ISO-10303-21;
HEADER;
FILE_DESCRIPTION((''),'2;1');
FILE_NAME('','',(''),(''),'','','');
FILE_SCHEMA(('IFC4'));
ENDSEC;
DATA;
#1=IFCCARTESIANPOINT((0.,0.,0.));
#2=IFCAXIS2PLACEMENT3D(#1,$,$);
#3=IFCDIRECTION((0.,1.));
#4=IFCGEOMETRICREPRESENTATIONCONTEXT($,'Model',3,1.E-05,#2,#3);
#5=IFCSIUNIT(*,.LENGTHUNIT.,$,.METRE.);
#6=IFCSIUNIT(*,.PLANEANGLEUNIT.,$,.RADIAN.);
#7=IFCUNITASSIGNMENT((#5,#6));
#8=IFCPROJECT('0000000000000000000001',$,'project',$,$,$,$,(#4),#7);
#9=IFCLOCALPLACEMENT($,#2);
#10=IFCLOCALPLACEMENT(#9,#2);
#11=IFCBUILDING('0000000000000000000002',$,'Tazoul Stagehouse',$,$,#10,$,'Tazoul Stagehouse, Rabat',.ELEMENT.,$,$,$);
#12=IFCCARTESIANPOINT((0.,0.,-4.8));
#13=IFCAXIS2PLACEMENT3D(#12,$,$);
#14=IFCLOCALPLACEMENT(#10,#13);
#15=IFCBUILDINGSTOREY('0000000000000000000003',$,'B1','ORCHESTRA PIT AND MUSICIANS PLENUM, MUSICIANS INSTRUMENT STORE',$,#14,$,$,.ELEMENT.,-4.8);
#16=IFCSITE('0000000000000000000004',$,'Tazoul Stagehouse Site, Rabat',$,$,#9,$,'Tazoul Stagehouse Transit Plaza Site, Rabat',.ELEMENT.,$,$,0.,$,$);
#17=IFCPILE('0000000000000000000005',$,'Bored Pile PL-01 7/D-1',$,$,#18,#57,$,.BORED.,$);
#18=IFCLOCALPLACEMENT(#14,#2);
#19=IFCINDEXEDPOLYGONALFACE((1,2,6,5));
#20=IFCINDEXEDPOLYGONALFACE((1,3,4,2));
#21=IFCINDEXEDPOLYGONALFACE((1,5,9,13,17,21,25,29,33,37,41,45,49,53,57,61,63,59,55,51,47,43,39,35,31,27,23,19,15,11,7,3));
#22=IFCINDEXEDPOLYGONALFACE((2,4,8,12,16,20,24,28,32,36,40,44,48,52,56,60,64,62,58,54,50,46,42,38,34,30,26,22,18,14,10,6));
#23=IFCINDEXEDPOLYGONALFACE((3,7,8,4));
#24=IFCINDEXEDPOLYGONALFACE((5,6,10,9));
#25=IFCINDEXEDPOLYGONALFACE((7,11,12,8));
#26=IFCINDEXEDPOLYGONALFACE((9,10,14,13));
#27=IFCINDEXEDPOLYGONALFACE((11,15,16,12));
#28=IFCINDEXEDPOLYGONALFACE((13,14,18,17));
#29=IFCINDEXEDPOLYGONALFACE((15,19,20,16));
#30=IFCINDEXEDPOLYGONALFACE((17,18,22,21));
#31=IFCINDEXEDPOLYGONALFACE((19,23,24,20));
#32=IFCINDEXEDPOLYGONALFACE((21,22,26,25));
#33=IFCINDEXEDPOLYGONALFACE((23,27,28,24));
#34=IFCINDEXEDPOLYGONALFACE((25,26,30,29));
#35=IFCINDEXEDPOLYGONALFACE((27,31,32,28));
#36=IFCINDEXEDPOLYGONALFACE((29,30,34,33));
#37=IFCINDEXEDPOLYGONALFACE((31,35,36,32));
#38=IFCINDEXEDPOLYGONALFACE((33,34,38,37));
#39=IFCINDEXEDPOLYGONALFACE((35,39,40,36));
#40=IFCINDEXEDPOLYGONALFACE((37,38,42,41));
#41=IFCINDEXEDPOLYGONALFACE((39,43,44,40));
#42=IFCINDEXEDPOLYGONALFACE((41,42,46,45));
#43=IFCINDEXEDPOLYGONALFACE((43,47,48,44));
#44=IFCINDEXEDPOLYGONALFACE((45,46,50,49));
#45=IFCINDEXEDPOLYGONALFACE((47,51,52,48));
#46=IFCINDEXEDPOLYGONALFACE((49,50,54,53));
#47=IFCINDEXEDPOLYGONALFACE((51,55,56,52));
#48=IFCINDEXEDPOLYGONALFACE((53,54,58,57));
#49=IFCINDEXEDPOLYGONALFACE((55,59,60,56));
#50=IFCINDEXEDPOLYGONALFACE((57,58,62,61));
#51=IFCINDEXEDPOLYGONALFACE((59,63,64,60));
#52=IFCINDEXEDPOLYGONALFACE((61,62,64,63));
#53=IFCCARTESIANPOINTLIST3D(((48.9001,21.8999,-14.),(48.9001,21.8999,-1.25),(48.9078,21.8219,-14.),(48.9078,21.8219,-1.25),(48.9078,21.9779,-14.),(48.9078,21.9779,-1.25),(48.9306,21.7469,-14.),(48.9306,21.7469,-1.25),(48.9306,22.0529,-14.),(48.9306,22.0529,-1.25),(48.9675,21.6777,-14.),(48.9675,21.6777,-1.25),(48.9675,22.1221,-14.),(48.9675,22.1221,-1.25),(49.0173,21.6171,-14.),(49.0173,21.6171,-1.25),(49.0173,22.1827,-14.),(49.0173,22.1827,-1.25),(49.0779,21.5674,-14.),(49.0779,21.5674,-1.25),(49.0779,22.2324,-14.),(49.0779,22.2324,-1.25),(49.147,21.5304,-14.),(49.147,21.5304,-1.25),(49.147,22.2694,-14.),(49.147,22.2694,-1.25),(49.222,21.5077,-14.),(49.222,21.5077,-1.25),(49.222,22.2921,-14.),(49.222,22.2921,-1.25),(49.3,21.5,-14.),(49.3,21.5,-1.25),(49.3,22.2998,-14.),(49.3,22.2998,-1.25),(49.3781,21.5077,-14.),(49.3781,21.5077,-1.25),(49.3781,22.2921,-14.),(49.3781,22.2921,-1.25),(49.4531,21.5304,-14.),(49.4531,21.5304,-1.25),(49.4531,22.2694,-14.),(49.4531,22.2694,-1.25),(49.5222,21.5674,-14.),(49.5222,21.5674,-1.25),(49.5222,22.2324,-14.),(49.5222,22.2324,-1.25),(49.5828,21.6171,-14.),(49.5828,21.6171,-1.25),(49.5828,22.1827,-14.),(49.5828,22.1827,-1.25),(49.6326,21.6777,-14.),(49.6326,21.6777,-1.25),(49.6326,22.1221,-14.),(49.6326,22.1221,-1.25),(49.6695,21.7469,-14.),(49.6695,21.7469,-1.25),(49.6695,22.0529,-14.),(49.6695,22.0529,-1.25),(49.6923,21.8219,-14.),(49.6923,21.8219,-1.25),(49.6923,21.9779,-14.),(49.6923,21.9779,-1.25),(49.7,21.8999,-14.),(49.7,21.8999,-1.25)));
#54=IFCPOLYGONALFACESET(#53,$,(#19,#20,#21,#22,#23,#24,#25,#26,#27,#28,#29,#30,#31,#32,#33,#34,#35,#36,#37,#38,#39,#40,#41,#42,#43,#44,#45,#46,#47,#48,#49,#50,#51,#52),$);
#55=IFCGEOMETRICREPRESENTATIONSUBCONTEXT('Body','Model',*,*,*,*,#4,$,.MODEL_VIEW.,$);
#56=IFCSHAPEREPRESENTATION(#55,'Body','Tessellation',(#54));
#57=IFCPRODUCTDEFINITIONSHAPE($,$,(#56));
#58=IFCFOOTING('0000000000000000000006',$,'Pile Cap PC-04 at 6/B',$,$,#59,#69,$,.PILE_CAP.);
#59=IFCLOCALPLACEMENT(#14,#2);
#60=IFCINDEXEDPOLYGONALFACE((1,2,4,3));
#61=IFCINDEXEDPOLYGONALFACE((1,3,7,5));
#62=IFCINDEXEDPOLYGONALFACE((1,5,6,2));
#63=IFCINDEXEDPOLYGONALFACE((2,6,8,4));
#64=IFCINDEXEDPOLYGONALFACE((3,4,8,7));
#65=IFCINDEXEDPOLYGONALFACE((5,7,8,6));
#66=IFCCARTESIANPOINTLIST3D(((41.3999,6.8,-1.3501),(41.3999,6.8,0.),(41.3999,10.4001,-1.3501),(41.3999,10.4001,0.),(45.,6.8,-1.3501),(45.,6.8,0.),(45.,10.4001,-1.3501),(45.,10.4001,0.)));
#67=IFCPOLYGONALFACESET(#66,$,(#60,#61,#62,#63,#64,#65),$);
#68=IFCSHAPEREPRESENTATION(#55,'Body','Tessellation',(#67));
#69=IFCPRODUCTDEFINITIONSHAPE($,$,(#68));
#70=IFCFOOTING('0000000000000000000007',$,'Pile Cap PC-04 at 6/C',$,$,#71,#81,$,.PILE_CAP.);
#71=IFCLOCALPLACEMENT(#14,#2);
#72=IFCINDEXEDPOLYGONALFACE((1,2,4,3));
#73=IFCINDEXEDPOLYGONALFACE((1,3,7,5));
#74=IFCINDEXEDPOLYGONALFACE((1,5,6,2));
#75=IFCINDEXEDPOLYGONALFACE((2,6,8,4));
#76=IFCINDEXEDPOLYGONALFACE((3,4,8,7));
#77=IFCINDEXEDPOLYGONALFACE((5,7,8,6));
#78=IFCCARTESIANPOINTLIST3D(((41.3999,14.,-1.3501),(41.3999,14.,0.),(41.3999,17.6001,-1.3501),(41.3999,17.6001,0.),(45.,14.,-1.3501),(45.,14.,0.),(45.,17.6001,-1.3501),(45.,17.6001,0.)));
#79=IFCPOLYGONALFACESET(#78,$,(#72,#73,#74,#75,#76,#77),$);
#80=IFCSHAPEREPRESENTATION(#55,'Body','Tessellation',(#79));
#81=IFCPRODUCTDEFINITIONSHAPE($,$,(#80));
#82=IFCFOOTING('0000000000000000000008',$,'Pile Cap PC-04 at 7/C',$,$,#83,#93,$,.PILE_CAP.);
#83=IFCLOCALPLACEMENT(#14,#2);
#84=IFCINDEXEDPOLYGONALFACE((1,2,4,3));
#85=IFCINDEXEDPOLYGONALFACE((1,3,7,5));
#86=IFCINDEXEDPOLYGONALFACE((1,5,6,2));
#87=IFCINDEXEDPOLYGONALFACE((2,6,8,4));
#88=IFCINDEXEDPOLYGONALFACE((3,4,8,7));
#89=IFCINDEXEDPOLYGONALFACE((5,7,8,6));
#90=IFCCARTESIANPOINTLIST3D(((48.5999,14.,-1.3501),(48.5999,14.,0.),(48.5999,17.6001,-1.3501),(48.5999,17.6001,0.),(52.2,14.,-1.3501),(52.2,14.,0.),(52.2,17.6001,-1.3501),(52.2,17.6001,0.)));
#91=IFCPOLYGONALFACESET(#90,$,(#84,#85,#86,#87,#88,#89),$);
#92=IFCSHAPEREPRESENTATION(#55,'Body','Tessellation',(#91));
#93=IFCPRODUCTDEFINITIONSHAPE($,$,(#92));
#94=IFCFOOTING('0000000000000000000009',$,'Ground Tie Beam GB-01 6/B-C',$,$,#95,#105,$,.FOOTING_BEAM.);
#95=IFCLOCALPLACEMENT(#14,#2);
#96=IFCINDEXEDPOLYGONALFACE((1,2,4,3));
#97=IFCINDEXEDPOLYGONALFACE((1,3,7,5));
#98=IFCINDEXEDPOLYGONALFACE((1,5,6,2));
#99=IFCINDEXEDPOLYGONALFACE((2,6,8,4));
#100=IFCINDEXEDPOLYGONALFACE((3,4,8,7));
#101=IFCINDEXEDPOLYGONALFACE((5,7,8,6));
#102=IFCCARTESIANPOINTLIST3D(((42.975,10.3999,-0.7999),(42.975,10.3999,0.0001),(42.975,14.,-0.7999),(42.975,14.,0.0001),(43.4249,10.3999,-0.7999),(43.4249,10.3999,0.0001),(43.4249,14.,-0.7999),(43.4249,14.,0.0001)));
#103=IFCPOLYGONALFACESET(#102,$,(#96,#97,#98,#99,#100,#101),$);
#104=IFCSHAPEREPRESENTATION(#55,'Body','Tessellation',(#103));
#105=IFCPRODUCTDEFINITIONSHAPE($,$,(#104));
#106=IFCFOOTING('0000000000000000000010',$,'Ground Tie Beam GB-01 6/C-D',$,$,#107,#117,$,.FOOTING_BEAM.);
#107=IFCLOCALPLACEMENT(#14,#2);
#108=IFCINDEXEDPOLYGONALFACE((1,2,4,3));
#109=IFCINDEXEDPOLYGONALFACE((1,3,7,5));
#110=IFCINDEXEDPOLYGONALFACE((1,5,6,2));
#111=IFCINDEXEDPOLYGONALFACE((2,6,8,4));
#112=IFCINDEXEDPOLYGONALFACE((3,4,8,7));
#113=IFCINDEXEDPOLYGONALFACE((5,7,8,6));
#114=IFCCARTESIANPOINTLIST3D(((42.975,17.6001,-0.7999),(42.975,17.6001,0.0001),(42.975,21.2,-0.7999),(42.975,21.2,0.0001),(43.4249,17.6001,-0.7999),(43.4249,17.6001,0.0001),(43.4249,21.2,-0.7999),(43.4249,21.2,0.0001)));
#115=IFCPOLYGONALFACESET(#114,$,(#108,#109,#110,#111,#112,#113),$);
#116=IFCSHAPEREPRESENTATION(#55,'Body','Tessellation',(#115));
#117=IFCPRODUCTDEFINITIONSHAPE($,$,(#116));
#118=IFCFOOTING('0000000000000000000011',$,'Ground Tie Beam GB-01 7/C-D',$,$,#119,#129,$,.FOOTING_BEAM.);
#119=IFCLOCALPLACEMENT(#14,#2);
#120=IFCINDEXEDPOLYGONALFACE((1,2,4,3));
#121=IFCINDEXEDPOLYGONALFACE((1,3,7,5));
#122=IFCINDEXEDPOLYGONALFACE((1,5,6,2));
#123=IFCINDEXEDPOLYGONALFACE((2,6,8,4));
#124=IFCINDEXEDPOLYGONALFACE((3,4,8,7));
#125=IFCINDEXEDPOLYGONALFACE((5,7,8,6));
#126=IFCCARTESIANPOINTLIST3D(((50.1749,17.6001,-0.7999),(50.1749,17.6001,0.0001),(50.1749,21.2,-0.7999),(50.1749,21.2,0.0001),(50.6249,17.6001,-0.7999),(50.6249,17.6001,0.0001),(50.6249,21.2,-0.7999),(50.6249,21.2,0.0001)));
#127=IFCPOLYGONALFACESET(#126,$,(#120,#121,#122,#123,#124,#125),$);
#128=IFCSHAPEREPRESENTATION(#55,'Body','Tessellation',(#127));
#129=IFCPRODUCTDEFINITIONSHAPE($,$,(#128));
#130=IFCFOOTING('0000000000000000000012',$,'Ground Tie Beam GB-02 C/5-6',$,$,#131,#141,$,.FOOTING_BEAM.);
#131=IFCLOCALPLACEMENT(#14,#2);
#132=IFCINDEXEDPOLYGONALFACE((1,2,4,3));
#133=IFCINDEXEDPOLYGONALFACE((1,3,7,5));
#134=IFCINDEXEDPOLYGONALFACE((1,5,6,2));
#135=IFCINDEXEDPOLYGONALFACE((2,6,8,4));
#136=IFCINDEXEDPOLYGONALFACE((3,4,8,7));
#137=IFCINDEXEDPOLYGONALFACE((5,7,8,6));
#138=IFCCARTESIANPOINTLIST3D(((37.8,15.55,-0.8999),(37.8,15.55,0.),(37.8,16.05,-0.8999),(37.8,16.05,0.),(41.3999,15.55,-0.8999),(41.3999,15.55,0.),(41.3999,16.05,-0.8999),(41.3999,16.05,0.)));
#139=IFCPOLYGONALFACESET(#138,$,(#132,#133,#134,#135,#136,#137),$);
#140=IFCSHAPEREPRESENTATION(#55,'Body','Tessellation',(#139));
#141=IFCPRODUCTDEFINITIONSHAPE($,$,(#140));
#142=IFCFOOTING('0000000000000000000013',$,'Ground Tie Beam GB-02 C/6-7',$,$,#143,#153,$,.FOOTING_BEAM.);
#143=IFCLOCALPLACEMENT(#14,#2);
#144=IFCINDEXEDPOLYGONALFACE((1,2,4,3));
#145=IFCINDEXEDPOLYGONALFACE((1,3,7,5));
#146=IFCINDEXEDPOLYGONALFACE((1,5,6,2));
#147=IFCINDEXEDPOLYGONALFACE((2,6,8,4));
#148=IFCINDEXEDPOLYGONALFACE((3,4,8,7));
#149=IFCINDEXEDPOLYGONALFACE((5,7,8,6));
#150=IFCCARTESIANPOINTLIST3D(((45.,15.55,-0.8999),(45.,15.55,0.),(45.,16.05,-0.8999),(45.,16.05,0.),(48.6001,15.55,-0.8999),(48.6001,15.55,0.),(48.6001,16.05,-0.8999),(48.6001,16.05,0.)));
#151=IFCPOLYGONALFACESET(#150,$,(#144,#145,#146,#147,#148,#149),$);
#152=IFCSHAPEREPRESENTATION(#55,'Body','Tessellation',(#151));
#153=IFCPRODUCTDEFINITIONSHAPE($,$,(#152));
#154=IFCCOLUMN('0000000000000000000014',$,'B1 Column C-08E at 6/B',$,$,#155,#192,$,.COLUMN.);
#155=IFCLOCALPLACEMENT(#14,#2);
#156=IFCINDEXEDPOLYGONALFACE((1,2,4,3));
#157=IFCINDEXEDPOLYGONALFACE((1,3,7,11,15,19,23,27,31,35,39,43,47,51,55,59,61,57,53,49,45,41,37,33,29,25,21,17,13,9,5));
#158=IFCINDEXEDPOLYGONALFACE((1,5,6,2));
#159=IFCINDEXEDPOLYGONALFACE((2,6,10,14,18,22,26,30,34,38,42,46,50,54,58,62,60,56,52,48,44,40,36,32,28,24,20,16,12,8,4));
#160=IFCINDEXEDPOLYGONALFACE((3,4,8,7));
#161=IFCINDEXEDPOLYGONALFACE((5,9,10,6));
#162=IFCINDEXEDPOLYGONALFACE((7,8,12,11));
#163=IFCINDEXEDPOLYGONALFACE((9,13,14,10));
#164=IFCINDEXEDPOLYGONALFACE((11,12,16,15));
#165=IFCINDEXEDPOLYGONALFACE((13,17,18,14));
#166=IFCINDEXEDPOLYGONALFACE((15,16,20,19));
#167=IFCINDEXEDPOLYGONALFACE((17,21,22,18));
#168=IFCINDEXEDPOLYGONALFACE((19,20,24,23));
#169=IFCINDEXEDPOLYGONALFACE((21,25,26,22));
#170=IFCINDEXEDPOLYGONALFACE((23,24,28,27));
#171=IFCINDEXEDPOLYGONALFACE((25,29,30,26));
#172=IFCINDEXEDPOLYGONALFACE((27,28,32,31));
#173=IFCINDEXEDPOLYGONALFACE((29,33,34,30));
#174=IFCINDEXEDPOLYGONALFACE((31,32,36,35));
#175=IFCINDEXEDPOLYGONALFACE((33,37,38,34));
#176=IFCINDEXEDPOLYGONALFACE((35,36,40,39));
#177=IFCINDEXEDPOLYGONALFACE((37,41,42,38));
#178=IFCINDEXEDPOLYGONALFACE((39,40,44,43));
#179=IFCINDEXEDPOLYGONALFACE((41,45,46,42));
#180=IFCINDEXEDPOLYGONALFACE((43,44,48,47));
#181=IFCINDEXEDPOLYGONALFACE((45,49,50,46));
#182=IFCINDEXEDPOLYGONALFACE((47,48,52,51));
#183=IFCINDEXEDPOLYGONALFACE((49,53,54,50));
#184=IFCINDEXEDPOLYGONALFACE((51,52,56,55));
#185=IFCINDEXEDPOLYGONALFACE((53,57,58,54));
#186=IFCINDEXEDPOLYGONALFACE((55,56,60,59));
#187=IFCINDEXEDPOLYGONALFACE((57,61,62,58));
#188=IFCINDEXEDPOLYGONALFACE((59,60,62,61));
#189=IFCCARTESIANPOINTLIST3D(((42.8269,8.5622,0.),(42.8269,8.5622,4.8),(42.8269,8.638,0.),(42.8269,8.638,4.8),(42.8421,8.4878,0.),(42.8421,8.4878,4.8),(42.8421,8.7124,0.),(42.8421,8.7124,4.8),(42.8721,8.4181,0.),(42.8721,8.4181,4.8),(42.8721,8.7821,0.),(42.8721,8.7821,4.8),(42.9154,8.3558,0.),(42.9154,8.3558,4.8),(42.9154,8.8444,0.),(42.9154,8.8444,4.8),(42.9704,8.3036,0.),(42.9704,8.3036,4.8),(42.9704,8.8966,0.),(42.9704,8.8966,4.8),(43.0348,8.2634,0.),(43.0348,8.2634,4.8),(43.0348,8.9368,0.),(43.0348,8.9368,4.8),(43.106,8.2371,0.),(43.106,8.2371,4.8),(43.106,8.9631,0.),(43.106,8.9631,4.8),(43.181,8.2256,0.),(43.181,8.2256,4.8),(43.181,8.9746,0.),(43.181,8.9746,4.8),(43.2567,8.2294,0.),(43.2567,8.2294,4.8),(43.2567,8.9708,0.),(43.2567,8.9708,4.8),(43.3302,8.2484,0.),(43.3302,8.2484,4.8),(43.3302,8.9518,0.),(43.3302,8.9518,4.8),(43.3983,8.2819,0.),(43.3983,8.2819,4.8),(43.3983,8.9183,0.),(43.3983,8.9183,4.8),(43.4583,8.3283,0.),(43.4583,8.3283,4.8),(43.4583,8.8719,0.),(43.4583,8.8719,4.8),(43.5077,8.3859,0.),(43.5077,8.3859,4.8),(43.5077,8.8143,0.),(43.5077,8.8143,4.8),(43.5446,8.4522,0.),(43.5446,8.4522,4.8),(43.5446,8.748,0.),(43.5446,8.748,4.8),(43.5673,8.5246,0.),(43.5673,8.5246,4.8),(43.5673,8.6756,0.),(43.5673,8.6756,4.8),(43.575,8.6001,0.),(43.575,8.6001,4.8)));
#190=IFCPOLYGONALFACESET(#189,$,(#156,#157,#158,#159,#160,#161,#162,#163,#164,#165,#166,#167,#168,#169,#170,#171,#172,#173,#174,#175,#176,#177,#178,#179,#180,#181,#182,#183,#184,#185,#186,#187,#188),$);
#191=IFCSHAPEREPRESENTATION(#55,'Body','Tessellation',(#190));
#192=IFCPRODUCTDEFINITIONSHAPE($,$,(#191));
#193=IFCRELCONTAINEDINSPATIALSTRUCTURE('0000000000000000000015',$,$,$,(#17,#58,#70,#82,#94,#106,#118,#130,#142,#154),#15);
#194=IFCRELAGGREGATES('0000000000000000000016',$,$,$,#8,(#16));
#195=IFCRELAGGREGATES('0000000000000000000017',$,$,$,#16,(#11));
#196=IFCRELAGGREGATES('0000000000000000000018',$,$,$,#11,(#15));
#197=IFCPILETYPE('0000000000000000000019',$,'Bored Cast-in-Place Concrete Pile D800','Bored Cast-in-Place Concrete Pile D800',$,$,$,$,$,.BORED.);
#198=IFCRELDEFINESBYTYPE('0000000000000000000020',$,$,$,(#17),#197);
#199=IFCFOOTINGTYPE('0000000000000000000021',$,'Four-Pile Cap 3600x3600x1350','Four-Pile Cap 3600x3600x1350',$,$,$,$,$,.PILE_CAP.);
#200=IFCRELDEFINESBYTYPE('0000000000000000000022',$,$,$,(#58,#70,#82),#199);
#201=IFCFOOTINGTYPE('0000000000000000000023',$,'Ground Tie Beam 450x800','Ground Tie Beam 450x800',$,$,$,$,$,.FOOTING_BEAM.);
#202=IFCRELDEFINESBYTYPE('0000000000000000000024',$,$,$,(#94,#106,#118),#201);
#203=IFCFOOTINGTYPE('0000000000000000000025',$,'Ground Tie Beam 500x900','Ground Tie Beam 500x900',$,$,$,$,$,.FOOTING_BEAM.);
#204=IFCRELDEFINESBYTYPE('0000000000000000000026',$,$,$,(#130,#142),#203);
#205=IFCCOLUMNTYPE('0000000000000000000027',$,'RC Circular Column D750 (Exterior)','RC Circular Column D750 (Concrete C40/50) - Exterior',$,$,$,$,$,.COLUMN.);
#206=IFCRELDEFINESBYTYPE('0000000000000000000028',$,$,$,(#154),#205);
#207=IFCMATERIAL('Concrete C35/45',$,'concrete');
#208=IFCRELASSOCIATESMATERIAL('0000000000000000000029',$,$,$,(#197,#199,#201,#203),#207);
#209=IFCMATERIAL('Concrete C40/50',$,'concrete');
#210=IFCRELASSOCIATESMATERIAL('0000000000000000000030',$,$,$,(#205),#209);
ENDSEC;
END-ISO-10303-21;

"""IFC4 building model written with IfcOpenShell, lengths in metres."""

from ifc_helpers import new_model, si_unit, direction, frame, origin, origin_2d, place, context, subcontext, project, spatial, rectangle, circle, extrude, material, material_profile, profile_set, type_object, element, save


model = new_model("IFC4")

# Units and contexts
model_context = context("Model", 3, precision=1e-05, world=origin(), true_north=direction((0.0, 1.0)))
body_context = subcontext(model_context, "Body", "Model", "MODEL_VIEW")
ifc_project = project(units=[si_unit("LENGTHUNIT", "METRE"), si_unit("PLANEANGLEUNIT", "RADIAN")], contexts=[model_context])

# Site, building, storey
site_placement = place(None, origin())
site = spatial("IfcSite", under=ifc_project, at=site_placement, Name="Tazoul Stagehouse Site, Rabat", LongName="Tazoul Stagehouse Transit Plaza Site, Rabat", CompositionType="ELEMENT", RefElevation=0.0)
building_placement = place(site_placement, origin())
building = spatial("IfcBuilding", under=site, at=building_placement, Name="Tazoul Stagehouse", LongName="Tazoul Stagehouse, Rabat", CompositionType="ELEMENT")
storey_placement = place(building_placement, frame((0.0, 0.0, -4.8)))
storey = spatial("IfcBuildingStorey", under=building, at=storey_placement, Name="B1", Description="ORCHESTRA PIT AND MUSICIANS PLENUM, MUSICIANS INSTRUMENT STORE", CompositionType="ELEMENT", Elevation=-4.8)

# Pile
ifc_material_1 = material(Name="Concrete C35/45", Category="concrete")
ifc_material_profile_1 = material_profile(ifc_material_1, circle(Radius=0.3999, at=origin_2d()), Name="BORED PILE 800")
ifc_profile_set_1 = profile_set([ifc_material_profile_1], Name="Concrete C35/45")
pile_type = type_object("IfcPileType", Name="Bored Cast-in-Place Concrete Pile D800", Description="Bored Cast-in-Place Concrete Pile D800", PredefinedType="BORED", material=ifc_profile_set_1)
for number, where, z_axis, x_axis, name in (
    (1, (49.3, 21.8999, -1.25), (0.0, 0.0, -1.0), (1.0, 0.0, 0.0), "Bored Pile PL-01 7/D-1"),
):
    element("IfcPile", number, at=place(storey_placement, frame(where, z_axis=z_axis, x_axis=x_axis)), inside=storey, type_object=pile_type, Name=name, PredefinedType="BORED", context=body_context, shape_type="SweptSolid", body=[
        extrude(circle(Radius=0.3999, at=origin_2d()), origin(), (0.0, 0.0, 1.0), 12.75),
    ])

# Footings
footing_type_1 = type_object("IfcFootingType", Name="Four-Pile Cap 3600x3600x1350", Description="Four-Pile Cap 3600x3600x1350", PredefinedType="PILE_CAP", material=ifc_material_1)
for number, where, z_axis, x_axis, name in (
    (2, (43.2, 8.6001, -1.3501), (0.0, 0.0, 1.0), (1.0, 0.0, 0.0), "Pile Cap PC-04 at 6/B"),
    (3, (43.2, 15.8, -1.3501), (0.0, 0.0, 1.0), (1.0, 0.0, 0.0), "Pile Cap PC-04 at 6/C"),
    (4, (50.3999, 15.8, -1.3501), (0.0, 0.0, 1.0), (1.0, 0.0, 0.0), "Pile Cap PC-04 at 7/C"),
):
    element("IfcFooting", number, at=place(storey_placement, frame(where, z_axis=z_axis, x_axis=x_axis)), inside=storey, type_object=footing_type_1, Name=name, PredefinedType="PILE_CAP", context=body_context, shape_type="SweptSolid", body=[
        extrude(rectangle(XDim=3.6001, YDim=3.6001, at=origin_2d()), origin(), (0.0, 0.0, 1.0), 1.3501),
    ])
ifc_material_profile_2 = material_profile(ifc_material_1, rectangle(XDim=0.45, YDim=0.8, at=origin_2d()), Name="RC 450x800")
ifc_profile_set_2 = profile_set([ifc_material_profile_2], Name="Concrete C35/45")
footing_type_2 = type_object("IfcFootingType", Name="Ground Tie Beam 450x800", Description="Ground Tie Beam 450x800", PredefinedType="FOOTING_BEAM", material=ifc_profile_set_2)
footing_1_placement = place(storey_placement, frame((43.2, 10.3999, -0.3999), z_axis=(0.0, 1.0, 0.0), x_axis=(-1.0, 0.0, 0.0)))
element("IfcFooting", 5, at=footing_1_placement, inside=storey, type_object=footing_type_2, Name="Ground Tie Beam GB-01 6/B-C", PredefinedType="FOOTING_BEAM", context=body_context, shape_type="SweptSolid", body=[
    extrude(rectangle(XDim=0.45, YDim=0.8, at=origin_2d()), origin(), (0.0, 0.0, 1.0), 3.6001),
])
for number, where, z_axis, x_axis, name in (
    (6, (43.2, 17.6001, -0.3999), (0.0, 1.0, 0.0), (-1.0, 0.0, 0.0), "Ground Tie Beam GB-01 6/C-D"),
    (7, (50.3999, 17.6001, -0.3999), (0.0, 1.0, 0.0), (-1.0, 0.0, 0.0), "Ground Tie Beam GB-01 7/C-D"),
):
    element("IfcFooting", number, at=place(storey_placement, frame(where, z_axis=z_axis, x_axis=x_axis)), inside=storey, type_object=footing_type_2, Name=name, PredefinedType="FOOTING_BEAM", context=body_context, shape_type="SweptSolid", body=[
        extrude(rectangle(XDim=0.45, YDim=0.8, at=origin_2d()), origin(), (0.0, 0.0, 1.0), 3.5999),
    ])
ifc_material_profile_3 = material_profile(ifc_material_1, rectangle(XDim=0.5, YDim=0.8999, at=origin_2d()), Name="RC 500x900")
ifc_profile_set_3 = profile_set([ifc_material_profile_3], Name="Concrete C35/45")
footing_type_3 = type_object("IfcFootingType", Name="Ground Tie Beam 500x900", Description="Ground Tie Beam 500x900", PredefinedType="FOOTING_BEAM", material=ifc_profile_set_3)
footing_2_placement = place(storey_placement, frame((37.8, 15.8, -0.45), z_axis=(1.0, 0.0, 0.0), x_axis=(0.0, 1.0, 0.0)))
element("IfcFooting", 8, at=footing_2_placement, inside=storey, type_object=footing_type_3, Name="Ground Tie Beam GB-02 C/5-6", PredefinedType="FOOTING_BEAM", context=body_context, shape_type="SweptSolid", body=[
    extrude(rectangle(XDim=0.5, YDim=0.8999, at=origin_2d()), origin(), (0.0, 0.0, 1.0), 3.5999),
])
footing_3_placement = place(storey_placement, frame((45.0, 15.8, -0.45), z_axis=(1.0, 0.0, 0.0), x_axis=(0.0, 1.0, 0.0)))
element("IfcFooting", 9, at=footing_3_placement, inside=storey, type_object=footing_type_3, Name="Ground Tie Beam GB-02 C/6-7", PredefinedType="FOOTING_BEAM", context=body_context, shape_type="SweptSolid", body=[
    extrude(rectangle(XDim=0.5, YDim=0.8999, at=origin_2d()), origin(), (0.0, 0.0, 1.0), 3.6001),
])

# Column
ifc_material_2 = material(Name="Concrete C40/50", Category="concrete")
ifc_material_profile_4 = material_profile(ifc_material_2, circle(Radius=0.375, at=origin_2d()), Name="RC D750")
ifc_profile_set_4 = profile_set([ifc_material_profile_4], Name="Concrete C40/50")
column_type = type_object("IfcColumnType", Name="RC Circular Column D750 (Exterior)", Description="RC Circular Column D750 (Concrete C40/50) - Exterior", PredefinedType="COLUMN", material=ifc_profile_set_4)
for number, where, z_axis, x_axis, name in (
    (10, (43.2, 8.6001, 0.0), (0.0, 0.0, 1.0), (1.0, 0.0, 0.0), "B1 Column C-08E at 6/B"),
):
    element("IfcColumn", number, at=place(storey_placement, frame(where, z_axis=z_axis, x_axis=x_axis)), inside=storey, type_object=column_type, Name=name, PredefinedType="COLUMN", context=body_context, shape_type="SweptSolid", body=[
        extrude(circle(Radius=0.375, at=origin_2d()), origin(), (0.0, 0.0, 1.0), 4.8),
    ])

save(model, "model.ifc")
